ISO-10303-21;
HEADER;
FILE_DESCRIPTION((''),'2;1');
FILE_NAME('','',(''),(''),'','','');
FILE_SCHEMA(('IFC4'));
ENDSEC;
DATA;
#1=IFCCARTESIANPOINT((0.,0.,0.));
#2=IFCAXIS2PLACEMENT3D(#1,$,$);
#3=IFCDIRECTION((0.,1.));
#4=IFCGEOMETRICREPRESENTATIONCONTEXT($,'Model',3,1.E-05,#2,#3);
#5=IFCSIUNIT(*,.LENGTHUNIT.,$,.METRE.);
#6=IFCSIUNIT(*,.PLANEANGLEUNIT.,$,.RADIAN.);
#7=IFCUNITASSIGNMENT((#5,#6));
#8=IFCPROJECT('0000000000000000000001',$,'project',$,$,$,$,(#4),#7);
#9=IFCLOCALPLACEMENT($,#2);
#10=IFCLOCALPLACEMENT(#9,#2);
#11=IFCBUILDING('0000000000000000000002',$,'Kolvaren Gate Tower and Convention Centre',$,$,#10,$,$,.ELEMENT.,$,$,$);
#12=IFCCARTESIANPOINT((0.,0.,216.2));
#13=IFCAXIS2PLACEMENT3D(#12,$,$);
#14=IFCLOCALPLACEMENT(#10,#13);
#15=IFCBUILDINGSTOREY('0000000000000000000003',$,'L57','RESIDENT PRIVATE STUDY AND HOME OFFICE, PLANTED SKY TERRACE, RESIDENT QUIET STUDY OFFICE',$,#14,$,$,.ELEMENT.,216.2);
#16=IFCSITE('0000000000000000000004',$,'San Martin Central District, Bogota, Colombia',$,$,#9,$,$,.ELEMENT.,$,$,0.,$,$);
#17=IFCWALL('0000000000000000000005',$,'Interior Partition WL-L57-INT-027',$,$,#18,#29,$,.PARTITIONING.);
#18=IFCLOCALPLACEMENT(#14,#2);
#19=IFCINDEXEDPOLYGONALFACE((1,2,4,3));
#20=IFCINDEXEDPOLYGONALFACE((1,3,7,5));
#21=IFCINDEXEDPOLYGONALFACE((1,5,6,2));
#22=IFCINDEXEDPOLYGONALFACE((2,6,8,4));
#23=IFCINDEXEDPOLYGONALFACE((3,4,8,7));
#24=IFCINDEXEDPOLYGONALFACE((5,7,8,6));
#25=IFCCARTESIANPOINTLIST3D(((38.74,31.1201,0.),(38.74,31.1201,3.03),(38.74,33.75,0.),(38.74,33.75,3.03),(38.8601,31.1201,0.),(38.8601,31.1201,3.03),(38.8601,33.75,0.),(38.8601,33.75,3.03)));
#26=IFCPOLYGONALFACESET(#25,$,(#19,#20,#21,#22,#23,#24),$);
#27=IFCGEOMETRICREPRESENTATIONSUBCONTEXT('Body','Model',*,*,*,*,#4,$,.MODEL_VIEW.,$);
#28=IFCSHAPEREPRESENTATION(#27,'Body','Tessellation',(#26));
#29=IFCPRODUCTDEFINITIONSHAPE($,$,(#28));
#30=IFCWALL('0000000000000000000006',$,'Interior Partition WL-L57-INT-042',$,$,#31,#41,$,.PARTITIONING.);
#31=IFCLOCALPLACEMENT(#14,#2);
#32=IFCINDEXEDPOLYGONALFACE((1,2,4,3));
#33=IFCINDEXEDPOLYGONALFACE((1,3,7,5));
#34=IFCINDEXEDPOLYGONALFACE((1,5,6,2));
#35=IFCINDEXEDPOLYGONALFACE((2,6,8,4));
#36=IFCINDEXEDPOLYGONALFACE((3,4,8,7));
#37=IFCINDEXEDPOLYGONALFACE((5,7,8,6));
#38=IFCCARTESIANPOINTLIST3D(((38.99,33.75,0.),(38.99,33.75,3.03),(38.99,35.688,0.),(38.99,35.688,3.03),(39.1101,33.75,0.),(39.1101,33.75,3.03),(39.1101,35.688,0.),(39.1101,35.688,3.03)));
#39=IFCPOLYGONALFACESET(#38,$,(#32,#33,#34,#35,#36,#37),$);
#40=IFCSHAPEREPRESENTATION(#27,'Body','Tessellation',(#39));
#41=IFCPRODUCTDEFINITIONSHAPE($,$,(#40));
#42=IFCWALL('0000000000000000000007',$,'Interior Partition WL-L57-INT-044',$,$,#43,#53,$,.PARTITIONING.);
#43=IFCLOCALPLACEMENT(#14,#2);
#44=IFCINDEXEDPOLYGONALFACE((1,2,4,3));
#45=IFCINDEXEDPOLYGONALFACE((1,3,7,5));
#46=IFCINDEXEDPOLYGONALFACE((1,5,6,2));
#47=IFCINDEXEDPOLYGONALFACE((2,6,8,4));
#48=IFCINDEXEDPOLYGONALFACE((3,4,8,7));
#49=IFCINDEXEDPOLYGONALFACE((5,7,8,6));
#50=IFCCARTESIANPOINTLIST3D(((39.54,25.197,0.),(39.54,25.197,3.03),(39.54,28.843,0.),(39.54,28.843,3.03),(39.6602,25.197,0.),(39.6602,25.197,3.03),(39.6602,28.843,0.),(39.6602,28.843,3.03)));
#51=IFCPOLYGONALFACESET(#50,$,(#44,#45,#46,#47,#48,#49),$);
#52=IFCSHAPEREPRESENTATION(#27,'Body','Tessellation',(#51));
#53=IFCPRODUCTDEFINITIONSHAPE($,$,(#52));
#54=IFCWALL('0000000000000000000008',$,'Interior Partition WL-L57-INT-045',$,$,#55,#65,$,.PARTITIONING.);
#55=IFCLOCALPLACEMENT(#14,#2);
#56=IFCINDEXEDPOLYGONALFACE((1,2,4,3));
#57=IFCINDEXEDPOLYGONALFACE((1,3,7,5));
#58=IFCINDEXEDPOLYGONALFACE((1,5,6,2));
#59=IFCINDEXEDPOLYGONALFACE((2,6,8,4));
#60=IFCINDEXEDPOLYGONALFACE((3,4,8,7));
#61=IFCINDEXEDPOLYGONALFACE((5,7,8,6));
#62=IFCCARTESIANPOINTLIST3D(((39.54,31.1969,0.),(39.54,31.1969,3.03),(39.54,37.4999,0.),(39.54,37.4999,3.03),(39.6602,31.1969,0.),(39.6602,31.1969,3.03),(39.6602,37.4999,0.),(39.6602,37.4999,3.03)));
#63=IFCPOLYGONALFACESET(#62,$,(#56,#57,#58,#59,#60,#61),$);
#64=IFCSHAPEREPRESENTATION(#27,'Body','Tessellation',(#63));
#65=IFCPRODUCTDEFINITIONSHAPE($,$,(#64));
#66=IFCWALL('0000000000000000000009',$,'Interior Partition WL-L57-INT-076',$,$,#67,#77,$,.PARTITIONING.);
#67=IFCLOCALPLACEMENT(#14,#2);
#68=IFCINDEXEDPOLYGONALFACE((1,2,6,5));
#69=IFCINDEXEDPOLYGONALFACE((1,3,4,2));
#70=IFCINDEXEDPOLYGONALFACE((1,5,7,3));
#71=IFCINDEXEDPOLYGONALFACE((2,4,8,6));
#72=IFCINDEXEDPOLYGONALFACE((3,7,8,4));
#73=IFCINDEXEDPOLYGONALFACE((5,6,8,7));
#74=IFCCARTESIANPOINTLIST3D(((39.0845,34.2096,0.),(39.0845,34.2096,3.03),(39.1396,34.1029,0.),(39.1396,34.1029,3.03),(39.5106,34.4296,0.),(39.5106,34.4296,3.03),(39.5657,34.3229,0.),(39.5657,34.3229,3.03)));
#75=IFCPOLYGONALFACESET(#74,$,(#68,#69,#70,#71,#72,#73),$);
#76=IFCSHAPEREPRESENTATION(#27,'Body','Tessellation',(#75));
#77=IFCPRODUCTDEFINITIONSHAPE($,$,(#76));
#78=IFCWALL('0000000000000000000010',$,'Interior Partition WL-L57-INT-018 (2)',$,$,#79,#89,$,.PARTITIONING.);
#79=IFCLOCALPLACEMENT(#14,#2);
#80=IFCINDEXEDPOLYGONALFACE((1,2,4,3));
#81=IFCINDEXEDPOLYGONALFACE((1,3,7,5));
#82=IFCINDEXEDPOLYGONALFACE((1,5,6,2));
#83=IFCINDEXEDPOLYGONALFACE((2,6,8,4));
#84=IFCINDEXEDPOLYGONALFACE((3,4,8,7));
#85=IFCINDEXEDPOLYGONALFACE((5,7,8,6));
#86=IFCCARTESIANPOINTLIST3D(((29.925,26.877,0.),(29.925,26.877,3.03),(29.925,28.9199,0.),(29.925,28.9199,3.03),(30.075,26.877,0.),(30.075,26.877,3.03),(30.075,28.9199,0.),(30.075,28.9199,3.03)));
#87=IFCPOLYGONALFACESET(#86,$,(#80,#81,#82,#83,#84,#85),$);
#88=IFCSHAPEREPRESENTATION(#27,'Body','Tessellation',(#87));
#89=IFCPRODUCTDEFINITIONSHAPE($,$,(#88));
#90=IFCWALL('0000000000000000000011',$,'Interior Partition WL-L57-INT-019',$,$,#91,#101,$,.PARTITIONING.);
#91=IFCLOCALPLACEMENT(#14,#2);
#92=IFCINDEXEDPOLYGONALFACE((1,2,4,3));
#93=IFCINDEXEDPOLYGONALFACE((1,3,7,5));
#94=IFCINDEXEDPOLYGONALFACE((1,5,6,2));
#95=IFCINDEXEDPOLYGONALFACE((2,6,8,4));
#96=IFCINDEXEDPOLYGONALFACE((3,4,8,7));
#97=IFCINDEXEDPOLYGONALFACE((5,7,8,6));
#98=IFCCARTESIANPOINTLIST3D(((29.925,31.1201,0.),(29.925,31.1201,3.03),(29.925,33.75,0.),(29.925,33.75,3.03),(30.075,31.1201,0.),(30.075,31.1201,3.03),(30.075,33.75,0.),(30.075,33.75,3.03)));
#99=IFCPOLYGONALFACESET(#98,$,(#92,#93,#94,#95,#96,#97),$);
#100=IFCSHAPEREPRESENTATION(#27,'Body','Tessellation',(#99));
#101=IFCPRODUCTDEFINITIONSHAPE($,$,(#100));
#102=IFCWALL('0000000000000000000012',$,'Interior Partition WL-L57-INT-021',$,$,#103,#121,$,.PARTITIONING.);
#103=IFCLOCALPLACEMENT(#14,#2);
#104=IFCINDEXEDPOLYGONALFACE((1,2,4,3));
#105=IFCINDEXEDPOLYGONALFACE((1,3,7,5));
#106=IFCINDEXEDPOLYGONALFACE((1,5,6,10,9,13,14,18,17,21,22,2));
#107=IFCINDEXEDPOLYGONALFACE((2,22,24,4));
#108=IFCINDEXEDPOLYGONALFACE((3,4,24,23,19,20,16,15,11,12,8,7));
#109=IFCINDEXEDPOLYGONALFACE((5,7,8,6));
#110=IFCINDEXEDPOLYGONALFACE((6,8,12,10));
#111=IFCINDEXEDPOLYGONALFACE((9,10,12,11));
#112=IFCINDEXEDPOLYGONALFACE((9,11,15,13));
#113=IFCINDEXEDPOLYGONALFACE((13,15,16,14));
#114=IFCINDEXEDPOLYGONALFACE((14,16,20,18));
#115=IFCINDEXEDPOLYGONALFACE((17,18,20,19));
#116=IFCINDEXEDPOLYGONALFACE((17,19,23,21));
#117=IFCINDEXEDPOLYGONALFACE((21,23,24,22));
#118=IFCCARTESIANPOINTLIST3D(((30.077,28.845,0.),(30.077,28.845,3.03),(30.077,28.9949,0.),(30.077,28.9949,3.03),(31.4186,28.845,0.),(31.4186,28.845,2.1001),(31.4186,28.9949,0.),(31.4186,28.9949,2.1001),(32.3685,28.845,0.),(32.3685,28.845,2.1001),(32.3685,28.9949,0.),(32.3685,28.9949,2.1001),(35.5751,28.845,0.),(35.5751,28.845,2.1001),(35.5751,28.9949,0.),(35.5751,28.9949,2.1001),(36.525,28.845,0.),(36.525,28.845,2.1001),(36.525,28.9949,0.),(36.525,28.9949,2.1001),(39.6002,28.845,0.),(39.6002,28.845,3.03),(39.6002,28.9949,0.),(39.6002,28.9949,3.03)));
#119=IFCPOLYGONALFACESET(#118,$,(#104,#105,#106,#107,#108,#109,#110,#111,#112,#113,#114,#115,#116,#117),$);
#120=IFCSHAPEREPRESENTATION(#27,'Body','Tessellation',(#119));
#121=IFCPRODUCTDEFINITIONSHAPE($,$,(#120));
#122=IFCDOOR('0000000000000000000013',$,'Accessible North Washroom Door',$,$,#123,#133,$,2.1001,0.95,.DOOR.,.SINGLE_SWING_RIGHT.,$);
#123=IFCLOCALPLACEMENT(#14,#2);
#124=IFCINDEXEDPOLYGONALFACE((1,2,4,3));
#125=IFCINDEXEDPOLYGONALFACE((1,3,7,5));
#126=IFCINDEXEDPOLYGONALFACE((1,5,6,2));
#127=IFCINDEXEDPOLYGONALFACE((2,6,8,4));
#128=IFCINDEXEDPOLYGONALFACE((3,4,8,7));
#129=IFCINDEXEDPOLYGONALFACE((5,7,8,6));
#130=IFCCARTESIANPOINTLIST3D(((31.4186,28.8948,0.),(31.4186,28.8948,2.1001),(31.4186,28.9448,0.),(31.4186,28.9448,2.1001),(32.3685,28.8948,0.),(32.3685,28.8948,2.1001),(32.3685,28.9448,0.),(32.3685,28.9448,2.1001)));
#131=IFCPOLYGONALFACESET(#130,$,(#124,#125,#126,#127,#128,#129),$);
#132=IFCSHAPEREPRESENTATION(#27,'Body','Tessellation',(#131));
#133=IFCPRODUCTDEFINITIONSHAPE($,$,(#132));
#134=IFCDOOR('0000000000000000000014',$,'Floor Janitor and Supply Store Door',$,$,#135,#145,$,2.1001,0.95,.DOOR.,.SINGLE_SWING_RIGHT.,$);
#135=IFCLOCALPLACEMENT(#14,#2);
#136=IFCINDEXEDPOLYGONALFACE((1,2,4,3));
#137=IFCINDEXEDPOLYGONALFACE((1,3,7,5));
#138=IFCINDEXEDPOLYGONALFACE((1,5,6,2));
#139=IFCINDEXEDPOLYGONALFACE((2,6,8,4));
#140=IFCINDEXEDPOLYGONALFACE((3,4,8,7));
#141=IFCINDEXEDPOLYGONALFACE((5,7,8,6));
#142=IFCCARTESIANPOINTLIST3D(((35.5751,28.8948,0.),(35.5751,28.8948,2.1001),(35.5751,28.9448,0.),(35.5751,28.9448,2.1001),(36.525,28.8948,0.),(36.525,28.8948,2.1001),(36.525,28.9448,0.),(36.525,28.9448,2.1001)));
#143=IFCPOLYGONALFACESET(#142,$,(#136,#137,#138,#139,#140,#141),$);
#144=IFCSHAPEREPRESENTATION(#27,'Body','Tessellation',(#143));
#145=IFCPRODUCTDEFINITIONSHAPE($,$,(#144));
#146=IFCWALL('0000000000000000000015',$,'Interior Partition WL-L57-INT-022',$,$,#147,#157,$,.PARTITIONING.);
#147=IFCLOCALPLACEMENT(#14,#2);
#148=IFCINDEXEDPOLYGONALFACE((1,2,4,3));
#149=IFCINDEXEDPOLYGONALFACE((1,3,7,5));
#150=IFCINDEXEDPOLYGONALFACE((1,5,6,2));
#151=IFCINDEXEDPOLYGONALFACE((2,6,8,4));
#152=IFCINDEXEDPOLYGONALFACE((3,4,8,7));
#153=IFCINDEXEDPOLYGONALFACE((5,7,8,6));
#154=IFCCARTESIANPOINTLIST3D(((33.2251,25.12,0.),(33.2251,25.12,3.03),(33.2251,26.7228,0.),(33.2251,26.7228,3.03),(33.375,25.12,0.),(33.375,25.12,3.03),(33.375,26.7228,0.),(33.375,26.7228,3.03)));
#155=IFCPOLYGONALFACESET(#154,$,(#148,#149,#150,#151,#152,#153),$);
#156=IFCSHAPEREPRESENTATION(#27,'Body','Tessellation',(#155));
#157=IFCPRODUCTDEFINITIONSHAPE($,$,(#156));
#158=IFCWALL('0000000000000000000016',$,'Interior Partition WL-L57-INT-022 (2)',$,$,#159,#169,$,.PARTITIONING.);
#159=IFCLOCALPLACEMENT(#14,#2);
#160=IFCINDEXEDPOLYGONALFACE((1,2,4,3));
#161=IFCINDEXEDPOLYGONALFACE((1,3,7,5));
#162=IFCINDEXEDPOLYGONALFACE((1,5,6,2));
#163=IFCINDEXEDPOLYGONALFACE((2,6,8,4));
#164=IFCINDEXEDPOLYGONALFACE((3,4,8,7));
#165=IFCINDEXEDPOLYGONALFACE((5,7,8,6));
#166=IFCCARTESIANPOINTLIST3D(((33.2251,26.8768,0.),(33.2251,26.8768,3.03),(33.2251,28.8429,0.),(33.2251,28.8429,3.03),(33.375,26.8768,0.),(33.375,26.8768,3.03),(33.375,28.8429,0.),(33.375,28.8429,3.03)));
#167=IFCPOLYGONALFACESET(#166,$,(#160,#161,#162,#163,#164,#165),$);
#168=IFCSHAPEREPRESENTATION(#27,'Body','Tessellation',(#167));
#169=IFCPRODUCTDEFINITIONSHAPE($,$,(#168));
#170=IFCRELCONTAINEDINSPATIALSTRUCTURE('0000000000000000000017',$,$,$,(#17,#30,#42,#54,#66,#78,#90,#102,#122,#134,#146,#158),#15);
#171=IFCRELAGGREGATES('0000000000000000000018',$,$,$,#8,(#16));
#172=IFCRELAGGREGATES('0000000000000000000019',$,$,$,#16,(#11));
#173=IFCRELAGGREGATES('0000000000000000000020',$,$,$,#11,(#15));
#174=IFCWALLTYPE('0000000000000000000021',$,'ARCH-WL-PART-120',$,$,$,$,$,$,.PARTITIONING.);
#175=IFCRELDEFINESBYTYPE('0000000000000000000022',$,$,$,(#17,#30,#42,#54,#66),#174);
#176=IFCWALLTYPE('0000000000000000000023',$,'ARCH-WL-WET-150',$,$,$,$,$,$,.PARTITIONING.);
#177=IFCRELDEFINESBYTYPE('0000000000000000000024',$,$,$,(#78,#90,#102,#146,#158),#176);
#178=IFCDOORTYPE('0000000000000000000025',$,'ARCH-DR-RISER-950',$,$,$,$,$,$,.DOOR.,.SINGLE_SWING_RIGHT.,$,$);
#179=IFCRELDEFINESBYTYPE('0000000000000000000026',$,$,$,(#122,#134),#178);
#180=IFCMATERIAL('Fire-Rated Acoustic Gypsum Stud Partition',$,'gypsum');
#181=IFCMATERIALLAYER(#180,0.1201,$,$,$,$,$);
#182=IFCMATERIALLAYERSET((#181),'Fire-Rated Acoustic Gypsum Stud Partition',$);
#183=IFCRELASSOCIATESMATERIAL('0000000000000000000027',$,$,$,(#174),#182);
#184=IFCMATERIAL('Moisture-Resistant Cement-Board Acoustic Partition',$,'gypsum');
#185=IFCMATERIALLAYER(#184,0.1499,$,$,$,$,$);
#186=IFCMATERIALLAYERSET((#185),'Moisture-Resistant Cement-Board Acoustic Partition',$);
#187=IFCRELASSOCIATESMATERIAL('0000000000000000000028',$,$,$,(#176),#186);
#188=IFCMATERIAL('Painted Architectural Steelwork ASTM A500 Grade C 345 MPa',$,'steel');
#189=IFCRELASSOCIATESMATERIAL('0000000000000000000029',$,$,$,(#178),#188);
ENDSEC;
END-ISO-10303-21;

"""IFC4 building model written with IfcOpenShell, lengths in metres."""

from ifc_helpers import new_model, si_unit, direction, frame, frame_2d, origin, place, context, subcontext, project, spatial, rectangle, extrude, material, layer, layer_set, type_object, element, fill, save


model = new_model("IFC4")

# Units and contexts
model_context = context("Model", 3, precision=1e-05, world=origin(), true_north=direction((0.0, 1.0)))
body_context = subcontext(model_context, "Body", "Model", "MODEL_VIEW")
ifc_project = project(units=[si_unit("LENGTHUNIT", "METRE"), si_unit("PLANEANGLEUNIT", "RADIAN")], contexts=[model_context])

# Site, building, storey
site_placement = place(None, origin())
site = spatial("IfcSite", under=ifc_project, at=site_placement, Name="San Martin Central District, Bogota, Colombia", CompositionType="ELEMENT", RefElevation=0.0)
building_placement = place(site_placement, origin())
building = spatial("IfcBuilding", under=site, at=building_placement, Name="Kolvaren Gate Tower and Convention Centre", CompositionType="ELEMENT")
storey_placement = place(building_placement, frame((0.0, 0.0, 216.2)))
storey = spatial("IfcBuildingStorey", under=building, at=storey_placement, Name="L57", Description="RESIDENT PRIVATE STUDY AND HOME OFFICE, PLANTED SKY TERRACE, RESIDENT QUIET STUDY OFFICE", CompositionType="ELEMENT", Elevation=216.2)

# Walls
ifc_material_1 = material(Name="Fire-Rated Acoustic Gypsum Stud Partition", Category="gypsum")
ifc_layer_1 = layer(ifc_material_1, 0.1201)
ifc_layer_set_1 = layer_set([ifc_layer_1], Name="Fire-Rated Acoustic Gypsum Stud Partition")
wall_type_1 = type_object("IfcWallType", Name="ARCH-WL-PART-120", PredefinedType="PARTITIONING", material=ifc_layer_set_1)
wall_1_placement = place(storey_placement, frame((38.8, 31.1201, 0.0), z_axis=(0.0, 0.0, 1.0), x_axis=(0.0, 1.0, 0.0)))
element("IfcWall", 1, at=wall_1_placement, inside=storey, type_object=wall_type_1, Name="Interior Partition WL-L57-INT-027", PredefinedType="PARTITIONING", context=body_context, shape_type="SweptSolid", body=[
    extrude(rectangle(XDim=2.6299, YDim=0.1201, at=frame_2d((1.3149, 0.0))), origin(), (0.0, 0.0, 1.0), 3.03),
])
wall_2_placement = place(storey_placement, frame((39.05, 33.75, 0.0), z_axis=(0.0, 0.0, 1.0), x_axis=(0.0, 1.0, 0.0)))
element("IfcWall", 2, at=wall_2_placement, inside=storey, type_object=wall_type_1, Name="Interior Partition WL-L57-INT-042", PredefinedType="PARTITIONING", context=body_context, shape_type="SweptSolid", body=[
    extrude(rectangle(XDim=1.938, YDim=0.1201, at=frame_2d((0.969, 0.0))), origin(), (0.0, 0.0, 1.0), 3.03),
])
wall_3_placement = place(storey_placement, frame((39.6001, 25.197, 0.0), z_axis=(0.0, 0.0, 1.0), x_axis=(0.0, 1.0, 0.0)))
element("IfcWall", 3, at=wall_3_placement, inside=storey, type_object=wall_type_1, Name="Interior Partition WL-L57-INT-044", PredefinedType="PARTITIONING", context=body_context, shape_type="SweptSolid", body=[
    extrude(rectangle(XDim=3.646, YDim=0.1201, at=frame_2d((1.823, 0.0))), origin(), (0.0, 0.0, 1.0), 3.03),
])
wall_4_placement = place(storey_placement, frame((39.6001, 31.197, 0.0), z_axis=(0.0, 0.0, 1.0), x_axis=(0.0, 1.0, 0.0)))
element("IfcWall", 4, at=wall_4_placement, inside=storey, type_object=wall_type_1, Name="Interior Partition WL-L57-INT-045", PredefinedType="PARTITIONING", context=body_context, shape_type="SweptSolid", body=[
    extrude(rectangle(XDim=6.303, YDim=0.1201, at=frame_2d((3.1514, 0.0))), origin(), (0.0, 0.0, 1.0), 3.03),
])
wall_5_placement = place(storey_placement, frame((39.1121, 34.1562, 0.0), z_axis=(0.0, 0.0, 1.0), x_axis=(0.888547, 0.458786, 0.0)))
element("IfcWall", 5, at=wall_5_placement, inside=storey, type_object=wall_type_1, Name="Interior Partition WL-L57-INT-076", PredefinedType="PARTITIONING", context=body_context, shape_type="SweptSolid", body=[
    extrude(rectangle(XDim=0.4795, YDim=0.1201, at=frame_2d((0.2397, 0.0))), origin(), (0.0, 0.0, 1.0), 3.03),
])
ifc_material_2 = material(Name="Moisture-Resistant Cement-Board Acoustic Partition", Category="gypsum")
ifc_layer_2 = layer(ifc_material_2, 0.1499)
ifc_layer_set_2 = layer_set([ifc_layer_2], Name="Moisture-Resistant Cement-Board Acoustic Partition")
wall_type_2 = type_object("IfcWallType", Name="ARCH-WL-WET-150", PredefinedType="PARTITIONING", material=ifc_layer_set_2)
wall_6_placement = place(storey_placement, frame((30.0, 26.877, 0.0), z_axis=(0.0, 0.0, 1.0), x_axis=(0.0, 1.0, 0.0)))
element("IfcWall", 6, at=wall_6_placement, inside=storey, type_object=wall_type_2, Name="Interior Partition WL-L57-INT-018 (2)", PredefinedType="PARTITIONING", context=body_context, shape_type="SweptSolid", body=[
    extrude(rectangle(XDim=2.043, YDim=0.1499, at=frame_2d((1.0215, 0.0))), origin(), (0.0, 0.0, 1.0), 3.03),
])
wall_7_placement = place(storey_placement, frame((30.0, 31.1201, 0.0), z_axis=(0.0, 0.0, 1.0), x_axis=(0.0, 1.0, 0.0)))
element("IfcWall", 7, at=wall_7_placement, inside=storey, type_object=wall_type_2, Name="Interior Partition WL-L57-INT-019", PredefinedType="PARTITIONING", context=body_context, shape_type="SweptSolid", body=[
    extrude(rectangle(XDim=2.6299, YDim=0.1499, at=frame_2d((1.3149, 0.0))), origin(), (0.0, 0.0, 1.0), 3.03),
])

# Wall, openings, doors
wall_8_placement = place(storey_placement, frame((30.0769, 28.9199, 0.0), z_axis=(0.0, 0.0, 1.0), x_axis=(1.0, 0.0, 0.0)))
wall_8 = element("IfcWall", 8, at=wall_8_placement, inside=storey, type_object=wall_type_2, Name="Interior Partition WL-L57-INT-021", PredefinedType="PARTITIONING", context=body_context, shape_type="SweptSolid", body=[
    extrude(rectangle(XDim=9.5232, YDim=0.1499, at=frame_2d((4.7617, 0.0))), origin(), (0.0, 0.0, 1.0), 3.03),
])
opening_1_placement = place(wall_8_placement, frame((1.3416, 0.0, 0.0)))
opening_1 = element("IfcOpeningElement", 9, at=opening_1_placement, cuts=wall_8, PredefinedType="OPENING", context=body_context, shape_type="SweptSolid", body=[
    extrude(rectangle(XDim=0.95, YDim=2.1001, at=frame_2d((0.4751, 1.05))), frame((0.0, 0.085, 0.0), z_axis=(0.0, -1.0, 0.0), x_axis=(1.0, 0.0, 0.0)), (0.0, 0.0, 1.0), 0.1699),
])
opening_2_placement = place(wall_8_placement, frame((5.498, 0.0, 0.0)))
opening_2 = element("IfcOpeningElement", 10, at=opening_2_placement, cuts=wall_8, PredefinedType="OPENING", context=body_context, shape_type="SweptSolid", body=[
    extrude(rectangle(XDim=0.95, YDim=2.1001, at=frame_2d((0.4751, 1.05))), frame((0.0, 0.085, 0.0), z_axis=(0.0, -1.0, 0.0), x_axis=(1.0, 0.0, 0.0)), (0.0, 0.0, 1.0), 0.1699),
])
ifc_material_3 = material(Name="Painted Architectural Steelwork ASTM A500 Grade C 345 MPa", Category="steel")
door_type = type_object("IfcDoorType", Name="ARCH-DR-RISER-950", OperationType="SINGLE_SWING_RIGHT", PredefinedType="DOOR", material=ifc_material_3)
door_1_placement = place(opening_1_placement, origin())
door_1 = element("IfcDoor", 11, at=door_1_placement, inside=storey, type_object=door_type, Name="Accessible North Washroom Door", OperationType="SINGLE_SWING_RIGHT", OverallHeight=2.1001, OverallWidth=0.95, PredefinedType="DOOR", context=body_context, shape_type="SweptSolid", body=[
    extrude(rectangle(XDim=0.95, YDim=2.1001, at=frame_2d((0.4751, 1.05))), frame((0.0, 0.0249, 0.0), z_axis=(0.0, -1.0, 0.0), x_axis=(1.0, 0.0, 0.0)), (0.0, 0.0, 1.0), 0.05),
])
fill(opening_1, door_1)
door_2_placement = place(opening_2_placement, origin())
door_2 = element("IfcDoor", 12, at=door_2_placement, inside=storey, type_object=door_type, Name="Floor Janitor and Supply Store Door", OperationType="SINGLE_SWING_RIGHT", OverallHeight=2.1001, OverallWidth=0.95, PredefinedType="DOOR", context=body_context, shape_type="SweptSolid", body=[
    extrude(rectangle(XDim=0.95, YDim=2.1001, at=frame_2d((0.4751, 1.05))), frame((0.0, 0.0249, 0.0), z_axis=(0.0, -1.0, 0.0), x_axis=(1.0, 0.0, 0.0)), (0.0, 0.0, 1.0), 0.05),
])
fill(opening_2, door_2)

# Walls
wall_9_placement = place(storey_placement, frame((33.3, 25.1201, 0.0), z_axis=(0.0, 0.0, 1.0), x_axis=(0.0, 1.0, 0.0)))
element("IfcWall", 13, at=wall_9_placement, inside=storey, type_object=wall_type_2, Name="Interior Partition WL-L57-INT-022", PredefinedType="PARTITIONING", context=body_context, shape_type="SweptSolid", body=[
    extrude(rectangle(XDim=1.6028, YDim=0.1499, at=frame_2d((0.8013, 0.0))), origin(), (0.0, 0.0, 1.0), 3.03),
])
wall_10_placement = place(storey_placement, frame((33.3, 26.877, 0.0), z_axis=(0.0, 0.0, 1.0), x_axis=(0.0, 1.0, 0.0)))
element("IfcWall", 14, at=wall_10_placement, inside=storey, type_object=wall_type_2, Name="Interior Partition WL-L57-INT-022 (2)", PredefinedType="PARTITIONING", context=body_context, shape_type="SweptSolid", body=[
    extrude(rectangle(XDim=1.9661, YDim=0.1499, at=frame_2d((0.9829, 0.0))), origin(), (0.0, 0.0, 1.0), 3.03),
])

save(model, "model.ifc")
